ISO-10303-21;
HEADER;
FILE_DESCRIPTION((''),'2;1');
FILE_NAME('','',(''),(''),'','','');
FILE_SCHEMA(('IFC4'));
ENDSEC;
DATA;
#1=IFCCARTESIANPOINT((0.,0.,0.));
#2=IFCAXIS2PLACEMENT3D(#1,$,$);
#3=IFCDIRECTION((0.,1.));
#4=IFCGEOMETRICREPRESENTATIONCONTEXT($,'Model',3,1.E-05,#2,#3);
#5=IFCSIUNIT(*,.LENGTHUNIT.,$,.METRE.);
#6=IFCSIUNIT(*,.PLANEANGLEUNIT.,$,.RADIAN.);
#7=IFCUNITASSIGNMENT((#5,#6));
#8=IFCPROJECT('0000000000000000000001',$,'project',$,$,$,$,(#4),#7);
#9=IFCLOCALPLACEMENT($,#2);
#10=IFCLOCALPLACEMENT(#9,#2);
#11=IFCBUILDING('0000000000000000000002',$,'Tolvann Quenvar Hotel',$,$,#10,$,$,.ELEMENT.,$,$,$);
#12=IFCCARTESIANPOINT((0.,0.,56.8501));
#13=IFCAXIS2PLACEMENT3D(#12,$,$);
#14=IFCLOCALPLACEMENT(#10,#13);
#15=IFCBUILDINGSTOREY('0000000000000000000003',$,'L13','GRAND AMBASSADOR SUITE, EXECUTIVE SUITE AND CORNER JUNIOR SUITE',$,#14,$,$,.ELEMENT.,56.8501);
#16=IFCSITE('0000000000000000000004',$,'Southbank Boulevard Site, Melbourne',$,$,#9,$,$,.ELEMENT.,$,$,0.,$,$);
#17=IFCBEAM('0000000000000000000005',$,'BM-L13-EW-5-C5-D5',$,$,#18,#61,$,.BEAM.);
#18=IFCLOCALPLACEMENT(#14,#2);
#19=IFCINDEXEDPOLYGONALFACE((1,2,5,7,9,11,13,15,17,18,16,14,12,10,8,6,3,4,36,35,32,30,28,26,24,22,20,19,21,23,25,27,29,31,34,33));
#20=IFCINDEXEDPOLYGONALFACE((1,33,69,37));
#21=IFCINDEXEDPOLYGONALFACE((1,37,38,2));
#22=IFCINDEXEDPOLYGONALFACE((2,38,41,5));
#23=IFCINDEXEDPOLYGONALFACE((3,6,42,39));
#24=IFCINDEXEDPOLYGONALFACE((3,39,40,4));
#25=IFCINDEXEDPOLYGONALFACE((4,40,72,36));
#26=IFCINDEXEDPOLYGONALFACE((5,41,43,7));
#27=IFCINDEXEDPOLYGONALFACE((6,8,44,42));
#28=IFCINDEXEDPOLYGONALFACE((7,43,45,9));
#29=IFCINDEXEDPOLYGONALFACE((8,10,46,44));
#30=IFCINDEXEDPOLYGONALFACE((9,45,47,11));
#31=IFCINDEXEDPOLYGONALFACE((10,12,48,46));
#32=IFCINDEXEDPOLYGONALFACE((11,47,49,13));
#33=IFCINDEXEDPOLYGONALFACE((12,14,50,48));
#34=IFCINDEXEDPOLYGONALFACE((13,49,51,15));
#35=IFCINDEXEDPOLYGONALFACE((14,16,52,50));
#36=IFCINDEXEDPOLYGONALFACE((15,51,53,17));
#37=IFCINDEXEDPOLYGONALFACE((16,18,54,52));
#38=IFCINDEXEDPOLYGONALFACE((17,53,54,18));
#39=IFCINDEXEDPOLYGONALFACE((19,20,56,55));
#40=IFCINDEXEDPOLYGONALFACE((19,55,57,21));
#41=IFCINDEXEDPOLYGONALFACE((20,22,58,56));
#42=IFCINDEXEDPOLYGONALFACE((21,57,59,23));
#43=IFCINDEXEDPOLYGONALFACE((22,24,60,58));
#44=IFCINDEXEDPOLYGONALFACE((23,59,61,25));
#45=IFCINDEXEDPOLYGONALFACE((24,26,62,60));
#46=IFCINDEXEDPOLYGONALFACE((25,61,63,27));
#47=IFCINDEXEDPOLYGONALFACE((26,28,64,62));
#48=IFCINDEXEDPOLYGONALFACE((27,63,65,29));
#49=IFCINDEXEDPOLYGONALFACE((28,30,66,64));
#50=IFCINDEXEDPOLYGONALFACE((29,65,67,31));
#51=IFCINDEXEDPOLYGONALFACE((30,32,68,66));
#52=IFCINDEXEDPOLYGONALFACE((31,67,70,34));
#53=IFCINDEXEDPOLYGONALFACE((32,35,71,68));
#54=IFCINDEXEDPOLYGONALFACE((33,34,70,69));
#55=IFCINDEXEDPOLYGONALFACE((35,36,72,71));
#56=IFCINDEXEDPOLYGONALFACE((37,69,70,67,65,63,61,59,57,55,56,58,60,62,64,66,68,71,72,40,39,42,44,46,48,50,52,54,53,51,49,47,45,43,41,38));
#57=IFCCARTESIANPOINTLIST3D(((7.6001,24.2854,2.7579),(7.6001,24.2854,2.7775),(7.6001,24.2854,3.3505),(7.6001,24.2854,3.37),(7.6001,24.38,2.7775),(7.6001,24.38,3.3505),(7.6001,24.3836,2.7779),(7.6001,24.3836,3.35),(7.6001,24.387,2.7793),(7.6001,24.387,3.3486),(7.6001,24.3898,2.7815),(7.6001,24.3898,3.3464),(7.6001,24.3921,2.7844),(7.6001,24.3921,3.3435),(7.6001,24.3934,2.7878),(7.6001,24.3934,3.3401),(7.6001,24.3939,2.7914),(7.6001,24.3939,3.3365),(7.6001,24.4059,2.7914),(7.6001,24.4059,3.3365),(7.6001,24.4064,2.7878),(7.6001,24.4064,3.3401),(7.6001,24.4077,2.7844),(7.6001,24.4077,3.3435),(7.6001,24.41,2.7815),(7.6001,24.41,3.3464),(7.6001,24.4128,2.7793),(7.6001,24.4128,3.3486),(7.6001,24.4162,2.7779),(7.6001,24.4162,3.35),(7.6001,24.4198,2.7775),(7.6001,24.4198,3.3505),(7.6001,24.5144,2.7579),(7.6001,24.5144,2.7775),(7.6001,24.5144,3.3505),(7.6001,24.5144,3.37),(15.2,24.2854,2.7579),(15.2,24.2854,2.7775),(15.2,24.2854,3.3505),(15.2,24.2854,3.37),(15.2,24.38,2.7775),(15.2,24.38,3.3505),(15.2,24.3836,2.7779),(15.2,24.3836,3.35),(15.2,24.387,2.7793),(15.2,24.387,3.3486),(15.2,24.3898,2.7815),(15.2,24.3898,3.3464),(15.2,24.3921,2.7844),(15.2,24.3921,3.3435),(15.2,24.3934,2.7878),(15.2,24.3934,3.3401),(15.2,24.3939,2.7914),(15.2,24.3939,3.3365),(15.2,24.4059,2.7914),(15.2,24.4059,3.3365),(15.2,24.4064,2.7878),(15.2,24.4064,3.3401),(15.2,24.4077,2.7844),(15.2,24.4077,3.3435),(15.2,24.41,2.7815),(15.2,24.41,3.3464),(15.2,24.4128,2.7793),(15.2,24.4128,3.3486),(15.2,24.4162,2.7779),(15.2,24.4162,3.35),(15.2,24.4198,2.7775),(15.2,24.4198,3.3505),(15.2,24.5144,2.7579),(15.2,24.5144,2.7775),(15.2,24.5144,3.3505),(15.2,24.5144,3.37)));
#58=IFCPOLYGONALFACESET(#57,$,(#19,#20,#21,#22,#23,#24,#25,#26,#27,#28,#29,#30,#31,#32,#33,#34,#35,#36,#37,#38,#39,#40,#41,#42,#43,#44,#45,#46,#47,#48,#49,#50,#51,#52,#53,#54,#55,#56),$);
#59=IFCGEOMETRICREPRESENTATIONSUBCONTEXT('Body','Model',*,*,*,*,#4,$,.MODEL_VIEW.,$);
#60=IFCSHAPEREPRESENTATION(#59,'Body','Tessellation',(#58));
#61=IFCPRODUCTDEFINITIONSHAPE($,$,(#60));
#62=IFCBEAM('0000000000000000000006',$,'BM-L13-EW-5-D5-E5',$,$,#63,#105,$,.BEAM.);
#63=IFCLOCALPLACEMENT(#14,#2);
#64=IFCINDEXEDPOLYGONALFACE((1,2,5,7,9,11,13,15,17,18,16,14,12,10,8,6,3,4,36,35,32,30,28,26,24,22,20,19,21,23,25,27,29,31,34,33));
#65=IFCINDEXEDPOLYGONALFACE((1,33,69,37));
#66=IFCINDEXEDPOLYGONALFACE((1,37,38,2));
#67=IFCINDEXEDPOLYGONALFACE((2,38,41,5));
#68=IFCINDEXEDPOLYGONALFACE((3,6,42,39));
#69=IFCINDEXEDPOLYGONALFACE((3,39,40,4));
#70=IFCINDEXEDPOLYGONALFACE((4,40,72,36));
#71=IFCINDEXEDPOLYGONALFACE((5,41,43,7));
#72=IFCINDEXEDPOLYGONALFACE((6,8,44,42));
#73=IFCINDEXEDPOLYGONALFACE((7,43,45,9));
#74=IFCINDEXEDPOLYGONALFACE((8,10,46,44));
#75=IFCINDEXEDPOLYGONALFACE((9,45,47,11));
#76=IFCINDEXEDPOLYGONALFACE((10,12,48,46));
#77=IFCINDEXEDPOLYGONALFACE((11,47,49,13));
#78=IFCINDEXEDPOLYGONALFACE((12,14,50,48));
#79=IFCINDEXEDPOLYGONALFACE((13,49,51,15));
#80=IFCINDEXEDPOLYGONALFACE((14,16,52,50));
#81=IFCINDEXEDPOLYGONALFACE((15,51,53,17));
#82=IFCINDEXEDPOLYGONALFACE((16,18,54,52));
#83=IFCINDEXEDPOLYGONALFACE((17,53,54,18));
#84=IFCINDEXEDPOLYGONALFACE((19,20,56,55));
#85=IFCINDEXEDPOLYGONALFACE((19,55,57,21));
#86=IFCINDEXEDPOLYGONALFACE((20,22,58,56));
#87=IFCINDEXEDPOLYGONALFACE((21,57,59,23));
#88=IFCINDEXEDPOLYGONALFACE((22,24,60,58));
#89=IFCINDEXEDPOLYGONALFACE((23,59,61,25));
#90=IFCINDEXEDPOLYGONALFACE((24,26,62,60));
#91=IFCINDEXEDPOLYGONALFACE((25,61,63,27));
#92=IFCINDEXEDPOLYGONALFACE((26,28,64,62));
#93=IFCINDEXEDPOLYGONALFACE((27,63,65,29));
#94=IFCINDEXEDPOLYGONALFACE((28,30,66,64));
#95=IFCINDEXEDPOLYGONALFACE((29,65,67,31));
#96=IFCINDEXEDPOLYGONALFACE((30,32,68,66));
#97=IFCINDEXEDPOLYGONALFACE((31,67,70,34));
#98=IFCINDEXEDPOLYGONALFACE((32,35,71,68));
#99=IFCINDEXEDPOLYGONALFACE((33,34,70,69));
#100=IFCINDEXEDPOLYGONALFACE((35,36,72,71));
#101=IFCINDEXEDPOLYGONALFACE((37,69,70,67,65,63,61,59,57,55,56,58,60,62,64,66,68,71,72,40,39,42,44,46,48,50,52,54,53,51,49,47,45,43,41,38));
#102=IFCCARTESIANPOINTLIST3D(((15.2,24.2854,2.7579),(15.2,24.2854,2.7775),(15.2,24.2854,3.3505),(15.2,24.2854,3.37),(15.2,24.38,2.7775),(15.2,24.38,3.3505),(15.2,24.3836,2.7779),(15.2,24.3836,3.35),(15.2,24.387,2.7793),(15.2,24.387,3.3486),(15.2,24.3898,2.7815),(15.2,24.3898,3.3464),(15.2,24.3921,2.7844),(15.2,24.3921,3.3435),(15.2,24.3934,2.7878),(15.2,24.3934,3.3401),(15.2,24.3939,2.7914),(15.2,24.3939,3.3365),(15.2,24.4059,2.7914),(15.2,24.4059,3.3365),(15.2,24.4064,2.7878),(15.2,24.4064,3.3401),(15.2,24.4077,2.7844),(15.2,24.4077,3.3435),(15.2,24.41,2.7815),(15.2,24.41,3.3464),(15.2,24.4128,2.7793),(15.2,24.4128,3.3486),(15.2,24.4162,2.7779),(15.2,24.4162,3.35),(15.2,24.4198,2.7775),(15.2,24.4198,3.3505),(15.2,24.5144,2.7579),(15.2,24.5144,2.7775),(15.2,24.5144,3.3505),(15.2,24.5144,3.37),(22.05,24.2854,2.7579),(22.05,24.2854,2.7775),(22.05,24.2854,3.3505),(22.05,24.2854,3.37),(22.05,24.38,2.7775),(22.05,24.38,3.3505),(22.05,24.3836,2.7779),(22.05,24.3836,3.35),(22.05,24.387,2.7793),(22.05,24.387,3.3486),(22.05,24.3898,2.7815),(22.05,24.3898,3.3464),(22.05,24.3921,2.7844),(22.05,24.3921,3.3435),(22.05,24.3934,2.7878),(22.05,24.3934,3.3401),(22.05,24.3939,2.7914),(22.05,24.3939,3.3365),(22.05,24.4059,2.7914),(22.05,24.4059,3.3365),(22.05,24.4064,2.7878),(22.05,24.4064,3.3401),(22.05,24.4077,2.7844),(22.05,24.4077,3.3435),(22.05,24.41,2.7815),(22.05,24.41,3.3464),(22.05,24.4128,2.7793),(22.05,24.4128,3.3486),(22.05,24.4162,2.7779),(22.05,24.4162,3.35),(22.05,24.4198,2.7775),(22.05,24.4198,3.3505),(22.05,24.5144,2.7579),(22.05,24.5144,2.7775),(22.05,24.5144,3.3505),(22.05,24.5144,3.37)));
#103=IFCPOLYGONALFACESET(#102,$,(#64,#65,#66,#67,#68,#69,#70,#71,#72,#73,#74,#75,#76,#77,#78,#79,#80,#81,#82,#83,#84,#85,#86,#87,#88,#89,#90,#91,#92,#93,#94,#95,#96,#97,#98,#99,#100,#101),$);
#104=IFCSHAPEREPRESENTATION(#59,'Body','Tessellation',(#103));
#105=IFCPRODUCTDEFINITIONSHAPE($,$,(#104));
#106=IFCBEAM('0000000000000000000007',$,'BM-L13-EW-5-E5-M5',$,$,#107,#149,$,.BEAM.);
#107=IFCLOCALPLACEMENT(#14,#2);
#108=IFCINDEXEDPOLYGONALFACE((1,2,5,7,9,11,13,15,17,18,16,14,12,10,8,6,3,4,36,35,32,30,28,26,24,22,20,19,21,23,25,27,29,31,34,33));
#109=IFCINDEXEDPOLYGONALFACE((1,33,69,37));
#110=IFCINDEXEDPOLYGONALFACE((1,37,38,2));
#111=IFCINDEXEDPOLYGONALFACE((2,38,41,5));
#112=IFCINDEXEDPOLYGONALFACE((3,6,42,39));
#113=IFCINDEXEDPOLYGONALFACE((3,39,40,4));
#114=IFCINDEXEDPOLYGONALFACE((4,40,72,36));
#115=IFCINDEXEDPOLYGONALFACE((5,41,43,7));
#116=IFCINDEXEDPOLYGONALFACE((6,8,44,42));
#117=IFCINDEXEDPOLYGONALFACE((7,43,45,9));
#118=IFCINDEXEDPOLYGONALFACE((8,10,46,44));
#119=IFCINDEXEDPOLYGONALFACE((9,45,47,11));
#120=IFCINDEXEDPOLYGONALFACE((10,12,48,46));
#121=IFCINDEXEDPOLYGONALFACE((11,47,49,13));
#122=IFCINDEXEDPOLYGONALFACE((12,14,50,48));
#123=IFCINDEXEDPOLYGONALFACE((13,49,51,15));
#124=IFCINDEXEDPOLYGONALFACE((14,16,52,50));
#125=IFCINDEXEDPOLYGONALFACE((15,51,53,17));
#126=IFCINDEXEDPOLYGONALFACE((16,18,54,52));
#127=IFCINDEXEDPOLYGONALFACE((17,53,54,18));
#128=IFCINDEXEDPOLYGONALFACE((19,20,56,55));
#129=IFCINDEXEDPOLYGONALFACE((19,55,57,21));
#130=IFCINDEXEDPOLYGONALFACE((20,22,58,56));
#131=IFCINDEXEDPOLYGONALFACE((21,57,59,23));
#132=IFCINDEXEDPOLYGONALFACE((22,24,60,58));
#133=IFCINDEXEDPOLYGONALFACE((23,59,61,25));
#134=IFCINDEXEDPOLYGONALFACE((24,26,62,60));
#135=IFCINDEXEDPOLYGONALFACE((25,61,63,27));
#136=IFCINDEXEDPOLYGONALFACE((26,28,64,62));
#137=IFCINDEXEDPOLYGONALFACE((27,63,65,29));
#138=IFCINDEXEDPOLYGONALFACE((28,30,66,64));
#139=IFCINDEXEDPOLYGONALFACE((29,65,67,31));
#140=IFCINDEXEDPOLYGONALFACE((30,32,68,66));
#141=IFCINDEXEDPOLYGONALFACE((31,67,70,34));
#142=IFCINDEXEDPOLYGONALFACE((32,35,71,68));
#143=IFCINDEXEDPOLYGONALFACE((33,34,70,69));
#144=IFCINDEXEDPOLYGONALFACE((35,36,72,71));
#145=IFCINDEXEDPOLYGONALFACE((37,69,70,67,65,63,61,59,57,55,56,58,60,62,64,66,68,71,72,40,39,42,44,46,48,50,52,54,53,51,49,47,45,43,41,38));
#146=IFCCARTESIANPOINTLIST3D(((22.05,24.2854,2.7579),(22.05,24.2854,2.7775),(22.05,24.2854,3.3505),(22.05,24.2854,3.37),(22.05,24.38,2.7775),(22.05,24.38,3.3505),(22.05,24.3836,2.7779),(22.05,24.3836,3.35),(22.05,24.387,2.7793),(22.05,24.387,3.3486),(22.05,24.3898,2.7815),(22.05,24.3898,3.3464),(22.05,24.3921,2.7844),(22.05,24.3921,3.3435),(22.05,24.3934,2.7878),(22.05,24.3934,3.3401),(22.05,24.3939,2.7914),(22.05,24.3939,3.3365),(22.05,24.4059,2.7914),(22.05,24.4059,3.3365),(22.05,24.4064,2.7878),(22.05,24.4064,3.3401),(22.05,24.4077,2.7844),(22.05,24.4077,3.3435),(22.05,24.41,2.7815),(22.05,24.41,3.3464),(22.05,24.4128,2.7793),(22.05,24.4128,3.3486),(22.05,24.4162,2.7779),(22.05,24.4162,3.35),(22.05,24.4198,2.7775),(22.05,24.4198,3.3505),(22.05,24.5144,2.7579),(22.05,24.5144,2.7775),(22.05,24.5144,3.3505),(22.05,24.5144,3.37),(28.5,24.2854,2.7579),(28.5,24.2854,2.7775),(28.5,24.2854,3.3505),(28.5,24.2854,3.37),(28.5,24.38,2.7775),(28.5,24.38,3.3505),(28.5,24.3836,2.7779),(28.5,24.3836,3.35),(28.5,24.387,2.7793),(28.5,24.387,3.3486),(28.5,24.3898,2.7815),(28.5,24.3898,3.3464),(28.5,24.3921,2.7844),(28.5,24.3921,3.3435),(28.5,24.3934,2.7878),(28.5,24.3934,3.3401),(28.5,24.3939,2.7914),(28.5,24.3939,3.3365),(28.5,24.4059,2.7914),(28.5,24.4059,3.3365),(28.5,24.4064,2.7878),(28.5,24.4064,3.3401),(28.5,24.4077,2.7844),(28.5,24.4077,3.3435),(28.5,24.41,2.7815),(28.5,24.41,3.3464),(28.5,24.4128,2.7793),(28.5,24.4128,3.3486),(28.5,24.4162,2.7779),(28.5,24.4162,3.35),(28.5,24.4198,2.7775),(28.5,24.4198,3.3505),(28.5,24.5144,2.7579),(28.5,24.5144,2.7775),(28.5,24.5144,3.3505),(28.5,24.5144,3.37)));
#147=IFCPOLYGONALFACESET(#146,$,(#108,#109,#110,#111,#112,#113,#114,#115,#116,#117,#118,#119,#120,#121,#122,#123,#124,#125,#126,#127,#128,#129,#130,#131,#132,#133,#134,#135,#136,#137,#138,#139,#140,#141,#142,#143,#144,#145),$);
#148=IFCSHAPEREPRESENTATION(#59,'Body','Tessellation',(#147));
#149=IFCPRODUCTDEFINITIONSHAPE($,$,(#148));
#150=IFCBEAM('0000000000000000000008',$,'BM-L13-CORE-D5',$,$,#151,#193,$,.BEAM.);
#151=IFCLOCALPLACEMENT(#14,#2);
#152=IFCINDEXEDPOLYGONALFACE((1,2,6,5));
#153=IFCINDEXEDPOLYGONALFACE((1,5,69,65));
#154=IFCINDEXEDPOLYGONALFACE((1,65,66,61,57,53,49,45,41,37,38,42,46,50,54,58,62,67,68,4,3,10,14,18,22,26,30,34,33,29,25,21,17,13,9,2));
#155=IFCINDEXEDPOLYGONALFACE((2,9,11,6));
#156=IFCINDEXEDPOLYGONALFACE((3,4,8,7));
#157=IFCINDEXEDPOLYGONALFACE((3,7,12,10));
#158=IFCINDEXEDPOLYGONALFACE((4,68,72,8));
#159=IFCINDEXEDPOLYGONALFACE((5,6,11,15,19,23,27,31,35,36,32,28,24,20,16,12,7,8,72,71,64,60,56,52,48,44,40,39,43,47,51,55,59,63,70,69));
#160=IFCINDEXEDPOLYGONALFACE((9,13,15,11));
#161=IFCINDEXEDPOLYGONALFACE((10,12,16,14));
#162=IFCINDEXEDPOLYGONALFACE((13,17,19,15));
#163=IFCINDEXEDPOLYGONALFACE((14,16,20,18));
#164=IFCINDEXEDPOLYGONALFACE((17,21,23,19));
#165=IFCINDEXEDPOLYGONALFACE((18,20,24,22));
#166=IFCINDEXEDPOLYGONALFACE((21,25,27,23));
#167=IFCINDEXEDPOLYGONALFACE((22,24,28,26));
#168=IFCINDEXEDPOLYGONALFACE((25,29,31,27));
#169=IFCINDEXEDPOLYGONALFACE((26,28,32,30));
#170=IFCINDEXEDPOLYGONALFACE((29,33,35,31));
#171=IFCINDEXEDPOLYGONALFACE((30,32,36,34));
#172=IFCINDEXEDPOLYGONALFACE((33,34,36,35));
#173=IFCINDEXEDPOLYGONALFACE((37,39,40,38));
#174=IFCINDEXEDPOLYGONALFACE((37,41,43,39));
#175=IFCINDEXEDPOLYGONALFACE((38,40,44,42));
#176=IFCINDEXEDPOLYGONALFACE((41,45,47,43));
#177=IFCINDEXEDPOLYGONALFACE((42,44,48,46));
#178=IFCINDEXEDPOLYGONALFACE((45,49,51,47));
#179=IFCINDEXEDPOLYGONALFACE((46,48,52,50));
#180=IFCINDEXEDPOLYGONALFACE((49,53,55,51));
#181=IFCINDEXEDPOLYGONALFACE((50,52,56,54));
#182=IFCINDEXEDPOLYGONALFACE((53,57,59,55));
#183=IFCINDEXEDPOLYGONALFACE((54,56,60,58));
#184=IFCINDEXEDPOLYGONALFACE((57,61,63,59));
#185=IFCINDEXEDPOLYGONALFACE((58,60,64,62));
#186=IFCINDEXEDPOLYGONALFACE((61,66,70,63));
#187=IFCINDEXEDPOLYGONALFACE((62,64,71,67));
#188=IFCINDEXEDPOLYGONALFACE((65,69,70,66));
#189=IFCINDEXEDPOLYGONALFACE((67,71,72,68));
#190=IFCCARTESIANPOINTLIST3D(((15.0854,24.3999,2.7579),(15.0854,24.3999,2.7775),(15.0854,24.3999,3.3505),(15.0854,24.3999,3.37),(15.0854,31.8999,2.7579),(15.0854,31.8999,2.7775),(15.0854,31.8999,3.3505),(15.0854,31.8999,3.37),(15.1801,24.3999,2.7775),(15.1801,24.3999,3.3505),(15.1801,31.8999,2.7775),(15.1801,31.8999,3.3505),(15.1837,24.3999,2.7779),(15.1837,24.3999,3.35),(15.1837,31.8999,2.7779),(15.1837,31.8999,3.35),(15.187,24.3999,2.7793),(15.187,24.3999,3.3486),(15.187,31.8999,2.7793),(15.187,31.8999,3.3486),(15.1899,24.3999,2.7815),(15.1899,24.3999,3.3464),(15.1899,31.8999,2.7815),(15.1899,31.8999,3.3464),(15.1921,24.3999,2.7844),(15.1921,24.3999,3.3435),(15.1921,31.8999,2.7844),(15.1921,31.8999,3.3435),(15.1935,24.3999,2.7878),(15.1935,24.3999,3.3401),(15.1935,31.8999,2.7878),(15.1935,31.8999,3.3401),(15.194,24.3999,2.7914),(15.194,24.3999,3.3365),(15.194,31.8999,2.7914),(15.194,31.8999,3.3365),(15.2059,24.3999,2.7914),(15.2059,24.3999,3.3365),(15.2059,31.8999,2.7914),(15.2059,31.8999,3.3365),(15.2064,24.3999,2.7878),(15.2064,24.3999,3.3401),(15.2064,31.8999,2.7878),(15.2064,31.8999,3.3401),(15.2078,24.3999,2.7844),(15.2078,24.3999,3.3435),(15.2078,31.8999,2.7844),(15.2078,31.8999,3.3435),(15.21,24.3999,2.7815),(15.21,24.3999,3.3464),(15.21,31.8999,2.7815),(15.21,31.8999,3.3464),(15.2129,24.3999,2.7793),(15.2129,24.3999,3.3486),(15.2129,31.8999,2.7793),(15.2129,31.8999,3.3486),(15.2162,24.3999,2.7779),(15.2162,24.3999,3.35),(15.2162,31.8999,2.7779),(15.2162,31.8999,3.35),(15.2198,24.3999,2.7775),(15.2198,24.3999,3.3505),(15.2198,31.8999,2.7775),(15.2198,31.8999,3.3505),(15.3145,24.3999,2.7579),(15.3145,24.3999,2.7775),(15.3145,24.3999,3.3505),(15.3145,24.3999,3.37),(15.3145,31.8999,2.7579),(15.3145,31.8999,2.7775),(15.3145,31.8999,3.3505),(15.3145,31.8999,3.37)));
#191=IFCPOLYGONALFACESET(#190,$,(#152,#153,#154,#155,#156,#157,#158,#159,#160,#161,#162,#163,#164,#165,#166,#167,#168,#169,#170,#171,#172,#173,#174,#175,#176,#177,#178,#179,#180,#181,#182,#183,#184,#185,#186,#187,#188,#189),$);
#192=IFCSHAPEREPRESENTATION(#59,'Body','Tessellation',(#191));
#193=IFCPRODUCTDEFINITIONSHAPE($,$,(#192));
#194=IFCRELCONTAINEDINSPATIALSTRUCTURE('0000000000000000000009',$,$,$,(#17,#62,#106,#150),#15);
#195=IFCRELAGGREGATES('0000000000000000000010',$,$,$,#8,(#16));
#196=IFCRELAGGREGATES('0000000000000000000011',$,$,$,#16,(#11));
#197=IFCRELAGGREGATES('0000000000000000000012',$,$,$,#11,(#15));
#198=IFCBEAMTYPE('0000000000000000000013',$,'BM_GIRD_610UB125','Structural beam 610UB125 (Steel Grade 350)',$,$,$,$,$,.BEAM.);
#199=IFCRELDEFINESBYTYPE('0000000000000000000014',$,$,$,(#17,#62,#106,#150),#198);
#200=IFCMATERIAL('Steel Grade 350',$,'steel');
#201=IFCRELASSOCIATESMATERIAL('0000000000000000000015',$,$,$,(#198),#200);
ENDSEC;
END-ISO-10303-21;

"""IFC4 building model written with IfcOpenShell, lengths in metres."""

from ifc_helpers import new_model, si_unit, direction, frame, origin, origin_2d, place, context, subcontext, project, spatial, i_section, extrude, source, transform, mapped, material, material_profile, profile_set, type_object, element, save


model = new_model("IFC4")

# Units and contexts
model_context = context("Model", 3, precision=1e-05, world=origin(), true_north=direction((0.0, 1.0)))
body_context = subcontext(model_context, "Body", "Model", "MODEL_VIEW")
ifc_project = project(units=[si_unit("LENGTHUNIT", "METRE"), si_unit("PLANEANGLEUNIT", "RADIAN")], contexts=[model_context])

# Site, building, storey
site_placement = place(None, origin())
site = spatial("IfcSite", under=ifc_project, at=site_placement, Name="Southbank Boulevard Site, Melbourne", CompositionType="ELEMENT", RefElevation=0.0)
building_placement = place(site_placement, origin())
building = spatial("IfcBuilding", under=site, at=building_placement, Name="Tolvann Quenvar Hotel", CompositionType="ELEMENT")
storey_placement = place(building_placement, frame((0.0, 0.0, 56.8501)))
storey = spatial("IfcBuildingStorey", under=building, at=storey_placement, Name="L13", Description="GRAND AMBASSADOR SUITE, EXECUTIVE SUITE AND CORNER JUNIOR SUITE", CompositionType="ELEMENT", Elevation=56.8501)

# Shared definitions
ifc_material_1 = material(Name="Steel Grade 350", Category="steel")

# Beams
ifc_material_profile_1 = material_profile(ifc_material_1, i_section(OverallWidth=0.229, OverallDepth=0.6121, WebThickness=0.012, FlangeThickness=0.0195, FilletRadius=0.0139, at=origin_2d()), Name="610UB125")
ifc_profile_set_1 = profile_set([ifc_material_profile_1], Name="Steel Grade 350")
beam_type_1 = type_object("IfcBeamType", Name="BM_GIRD_610UB125", Description="Structural beam 610UB125 (Steel Grade 350)", PredefinedType="BEAM", material=ifc_profile_set_1)
shared_shape_1 = source(origin(), body_context, "Body", "SweptSolid", [
    extrude(i_section(OverallWidth=0.229, OverallDepth=0.6121, WebThickness=0.012, FlangeThickness=0.0195, FilletRadius=0.0139, at=origin_2d()), origin(), (0.0, 0.0, 1.0), 7.5999),
])
beam_1_placement = place(storey_placement, frame((7.6001, 24.3999, 3.064), z_axis=(1.0, 0.0, 0.0), x_axis=(0.0, 1.0, 0.0)))
element("IfcBeam", 1, at=beam_1_placement, inside=storey, type_object=beam_type_1, Name="BM-L13-EW-5-C5-D5", PredefinedType="BEAM", context=body_context, shape_type="MappedRepresentation", body=[
    mapped(shared_shape_1, transform((0.0, 0.0, 0.0), x_axis=(1.0, 0.0, 0.0), y_axis=(0.0, 1.0, 0.0), z_axis=(0.0, 0.0, 1.0), scale=1.0)),
])
shared_shape_2 = source(origin(), body_context, "Body", "SweptSolid", [
    extrude(i_section(OverallWidth=0.229, OverallDepth=0.6121, WebThickness=0.012, FlangeThickness=0.0195, FilletRadius=0.0139, at=origin_2d()), origin(), (0.0, 0.0, 1.0), 6.8501),
])
beam_2_placement = place(storey_placement, frame((15.2, 24.3999, 3.064), z_axis=(1.0, 0.0, 0.0), x_axis=(0.0, 1.0, 0.0)))
element("IfcBeam", 2, at=beam_2_placement, inside=storey, type_object=beam_type_1, Name="BM-L13-EW-5-D5-E5", PredefinedType="BEAM", context=body_context, shape_type="MappedRepresentation", body=[
    mapped(shared_shape_2, transform((0.0, 0.0, 0.0), x_axis=(1.0, 0.0, 0.0), y_axis=(0.0, 1.0, 0.0), z_axis=(0.0, 0.0, 1.0), scale=1.0)),
])
shared_shape_3 = source(origin(), body_context, "Body", "SweptSolid", [
    extrude(i_section(OverallWidth=0.229, OverallDepth=0.6121, WebThickness=0.012, FlangeThickness=0.0195, FilletRadius=0.0139, at=origin_2d()), origin(), (0.0, 0.0, 1.0), 6.45),
])
beam_3_placement = place(storey_placement, frame((22.05, 24.3999, 3.064), z_axis=(1.0, 0.0, 0.0), x_axis=(0.0, 1.0, 0.0)))
element("IfcBeam", 3, at=beam_3_placement, inside=storey, type_object=beam_type_1, Name="BM-L13-EW-5-E5-M5", PredefinedType="BEAM", context=body_context, shape_type="MappedRepresentation", body=[
    mapped(shared_shape_3, transform((0.0, 0.0, 0.0), x_axis=(1.0, 0.0, 0.0), y_axis=(0.0, 1.0, 0.0), z_axis=(0.0, 0.0, 1.0), scale=1.0)),
])
shared_shape_4 = source(origin(), body_context, "Body", "SweptSolid", [
    extrude(i_section(OverallWidth=0.229, OverallDepth=0.6121, WebThickness=0.012, FlangeThickness=0.0195, FilletRadius=0.0139, at=origin_2d()), origin(), (0.0, 0.0, 1.0), 7.5),
])
for number, where, z_axis, x_axis, name in (
    (4, (15.2, 24.3999, 3.064), (0.0, 1.0, 0.0), (-1.0, 0.0, 0.0), "BM-L13-CORE-D5"),
):
    element("IfcBeam", number, at=place(storey_placement, frame(where, z_axis=z_axis, x_axis=x_axis)), inside=storey, type_object=beam_type_1, Name=name, PredefinedType="BEAM", context=body_context, shape_type="MappedRepresentation", body=[
        mapped(shared_shape_4, transform((0.0, 0.0, 0.0), x_axis=(1.0, 0.0, 0.0), y_axis=(0.0, 1.0, 0.0), z_axis=(0.0, 0.0, 1.0), scale=1.0)),
    ])

save(model, "model.ifc")
